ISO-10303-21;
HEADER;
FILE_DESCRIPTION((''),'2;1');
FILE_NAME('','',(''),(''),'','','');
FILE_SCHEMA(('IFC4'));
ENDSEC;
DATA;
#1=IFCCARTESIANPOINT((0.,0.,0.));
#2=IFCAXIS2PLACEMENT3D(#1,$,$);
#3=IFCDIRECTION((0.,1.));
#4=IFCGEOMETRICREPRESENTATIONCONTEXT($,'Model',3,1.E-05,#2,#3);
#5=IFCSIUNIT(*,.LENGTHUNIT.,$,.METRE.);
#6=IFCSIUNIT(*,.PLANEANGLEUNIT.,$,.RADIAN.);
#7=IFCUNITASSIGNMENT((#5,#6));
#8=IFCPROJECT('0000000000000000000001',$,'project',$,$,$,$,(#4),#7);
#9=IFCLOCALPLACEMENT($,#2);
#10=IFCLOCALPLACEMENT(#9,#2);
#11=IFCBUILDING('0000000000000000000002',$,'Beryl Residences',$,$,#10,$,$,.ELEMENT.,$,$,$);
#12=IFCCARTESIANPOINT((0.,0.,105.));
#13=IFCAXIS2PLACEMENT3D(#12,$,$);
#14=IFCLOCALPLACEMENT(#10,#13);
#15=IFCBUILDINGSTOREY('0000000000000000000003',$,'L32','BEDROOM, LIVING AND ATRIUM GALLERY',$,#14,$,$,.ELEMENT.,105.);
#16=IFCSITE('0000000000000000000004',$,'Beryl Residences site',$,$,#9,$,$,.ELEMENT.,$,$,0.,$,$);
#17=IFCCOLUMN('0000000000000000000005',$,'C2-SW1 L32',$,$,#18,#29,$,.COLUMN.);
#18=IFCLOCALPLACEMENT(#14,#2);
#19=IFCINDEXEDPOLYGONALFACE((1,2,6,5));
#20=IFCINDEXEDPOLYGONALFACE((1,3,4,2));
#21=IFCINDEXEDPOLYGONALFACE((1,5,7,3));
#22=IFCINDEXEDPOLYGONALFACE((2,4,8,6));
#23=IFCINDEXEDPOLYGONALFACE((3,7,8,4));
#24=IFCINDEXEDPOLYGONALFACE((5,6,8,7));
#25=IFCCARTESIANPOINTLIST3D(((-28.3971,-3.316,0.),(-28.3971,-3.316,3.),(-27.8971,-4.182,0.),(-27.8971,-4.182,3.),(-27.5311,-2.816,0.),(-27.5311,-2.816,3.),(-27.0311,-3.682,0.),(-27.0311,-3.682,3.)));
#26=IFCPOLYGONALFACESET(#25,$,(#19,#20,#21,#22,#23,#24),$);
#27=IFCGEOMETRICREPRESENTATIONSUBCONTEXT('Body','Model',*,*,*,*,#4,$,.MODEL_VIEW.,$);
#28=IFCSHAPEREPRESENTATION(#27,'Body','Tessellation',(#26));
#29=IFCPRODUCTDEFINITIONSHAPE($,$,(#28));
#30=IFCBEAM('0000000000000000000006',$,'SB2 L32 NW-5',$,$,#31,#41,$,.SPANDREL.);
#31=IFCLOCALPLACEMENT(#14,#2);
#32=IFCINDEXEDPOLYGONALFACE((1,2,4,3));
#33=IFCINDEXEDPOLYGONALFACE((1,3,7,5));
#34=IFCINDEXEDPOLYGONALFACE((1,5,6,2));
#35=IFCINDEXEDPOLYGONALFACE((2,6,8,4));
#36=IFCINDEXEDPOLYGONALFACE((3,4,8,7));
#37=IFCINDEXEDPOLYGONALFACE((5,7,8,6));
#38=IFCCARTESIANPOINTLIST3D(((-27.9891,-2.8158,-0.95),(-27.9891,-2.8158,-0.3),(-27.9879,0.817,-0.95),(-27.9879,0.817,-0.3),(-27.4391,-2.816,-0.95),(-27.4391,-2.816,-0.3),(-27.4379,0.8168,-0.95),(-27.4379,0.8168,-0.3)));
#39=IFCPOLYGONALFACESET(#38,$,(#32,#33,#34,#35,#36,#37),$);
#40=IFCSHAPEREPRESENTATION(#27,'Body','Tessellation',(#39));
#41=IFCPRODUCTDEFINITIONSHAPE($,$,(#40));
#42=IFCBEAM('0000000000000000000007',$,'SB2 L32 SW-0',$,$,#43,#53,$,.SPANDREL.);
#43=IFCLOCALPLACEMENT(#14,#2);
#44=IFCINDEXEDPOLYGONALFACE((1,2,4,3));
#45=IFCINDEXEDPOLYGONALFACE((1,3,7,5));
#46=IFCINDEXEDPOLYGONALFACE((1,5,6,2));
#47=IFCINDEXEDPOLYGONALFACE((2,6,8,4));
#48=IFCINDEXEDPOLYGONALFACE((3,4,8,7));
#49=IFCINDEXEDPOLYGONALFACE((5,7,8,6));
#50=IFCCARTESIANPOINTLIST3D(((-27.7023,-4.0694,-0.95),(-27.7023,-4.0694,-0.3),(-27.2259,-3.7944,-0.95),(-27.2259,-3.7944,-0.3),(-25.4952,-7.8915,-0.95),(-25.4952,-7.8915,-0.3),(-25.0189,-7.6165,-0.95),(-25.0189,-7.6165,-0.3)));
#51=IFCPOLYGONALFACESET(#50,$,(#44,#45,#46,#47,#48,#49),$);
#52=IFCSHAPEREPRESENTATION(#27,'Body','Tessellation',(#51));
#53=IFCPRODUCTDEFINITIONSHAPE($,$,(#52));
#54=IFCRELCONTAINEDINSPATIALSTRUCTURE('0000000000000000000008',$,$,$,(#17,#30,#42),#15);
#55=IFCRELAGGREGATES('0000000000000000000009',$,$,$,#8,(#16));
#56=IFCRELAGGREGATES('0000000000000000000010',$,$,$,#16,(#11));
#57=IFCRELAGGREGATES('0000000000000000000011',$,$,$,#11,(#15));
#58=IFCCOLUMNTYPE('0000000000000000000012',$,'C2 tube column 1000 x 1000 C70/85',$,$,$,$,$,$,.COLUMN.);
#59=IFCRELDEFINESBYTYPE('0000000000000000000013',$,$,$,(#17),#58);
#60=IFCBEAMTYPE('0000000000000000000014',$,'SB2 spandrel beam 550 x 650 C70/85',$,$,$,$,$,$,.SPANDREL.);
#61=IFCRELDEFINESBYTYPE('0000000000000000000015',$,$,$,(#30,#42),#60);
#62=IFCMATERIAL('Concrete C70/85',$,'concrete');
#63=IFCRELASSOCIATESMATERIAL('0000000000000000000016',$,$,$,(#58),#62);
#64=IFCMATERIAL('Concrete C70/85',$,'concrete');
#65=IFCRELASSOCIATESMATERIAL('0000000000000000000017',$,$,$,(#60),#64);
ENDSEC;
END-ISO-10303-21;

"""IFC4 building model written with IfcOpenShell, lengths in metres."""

from ifc_helpers import new_model, si_unit, direction, frame, origin, origin_2d, place, context, subcontext, project, spatial, rectangle, extrude, material, material_profile, profile_set, type_object, element, save


model = new_model("IFC4")

# Units and contexts
model_context = context("Model", 3, precision=1e-05, world=origin(), true_north=direction((0.0, 1.0)))
body_context = subcontext(model_context, "Body", "Model", "MODEL_VIEW")
ifc_project = project(units=[si_unit("LENGTHUNIT", "METRE"), si_unit("PLANEANGLEUNIT", "RADIAN")], contexts=[model_context])

# Site, building, storey
site_placement = place(None, origin())
site = spatial("IfcSite", under=ifc_project, at=site_placement, Name="Beryl Residences site", CompositionType="ELEMENT", RefElevation=0.0)
building_placement = place(site_placement, origin())
building = spatial("IfcBuilding", under=site, at=building_placement, Name="Beryl Residences", CompositionType="ELEMENT")
storey_placement = place(building_placement, frame((0.0, 0.0, 105.0)))
storey = spatial("IfcBuildingStorey", under=building, at=storey_placement, Name="L32", Description="BEDROOM, LIVING AND ATRIUM GALLERY", CompositionType="ELEMENT", Elevation=105.0)

# Column
ifc_material_1 = material(Name="Concrete C70/85", Category="concrete")
ifc_material_profile_1 = material_profile(ifc_material_1, rectangle(XDim=1.0, YDim=1.0, at=origin_2d()))
ifc_profile_set_1 = profile_set([ifc_material_profile_1], Name="Concrete C70/85")
column_type = type_object("IfcColumnType", Name="C2 tube column 1000 x 1000 C70/85", PredefinedType="COLUMN", material=ifc_profile_set_1)
column_placement = place(storey_placement, frame((-27.7141, -3.499, 0.0), z_axis=(0.0, 0.0, 1.0), x_axis=(0.5, -0.866025, 0.0)))
element("IfcColumn", 1, at=column_placement, inside=storey, type_object=column_type, Name="C2-SW1 L32", PredefinedType="COLUMN", context=body_context, shape_type="SweptSolid", body=[
    extrude(rectangle(XDim=1.0, YDim=1.0, at=origin_2d()), origin(), (0.0, 0.0, 1.0), 3.0),
])

# Beams
ifc_material_2 = material(Name="Concrete C70/85", Category="concrete")
ifc_material_profile_2 = material_profile(ifc_material_2, rectangle(XDim=0.55, YDim=0.6499, at=origin_2d()))
ifc_profile_set_2 = profile_set([ifc_material_profile_2], Name="Concrete C70/85")
beam_type = type_object("IfcBeamType", Name="SB2 spandrel beam 550 x 650 C70/85", PredefinedType="SPANDREL", material=ifc_profile_set_2)
beam_1_placement = place(storey_placement, frame((-27.7129, 0.8169, -0.625), z_axis=(-0.000336, -1.0, 0.0), x_axis=(1.0, -0.000336, 0.0)))
element("IfcBeam", 2, at=beam_1_placement, inside=storey, type_object=beam_type, Name="SB2 L32 NW-5", PredefinedType="SPANDREL", context=body_context, shape_type="SweptSolid", body=[
    extrude(rectangle(XDim=0.55, YDim=0.6499, at=origin_2d()), origin(), (0.0, 0.0, 1.0), 3.6328),
])
beam_2_placement = place(storey_placement, frame((-27.4641, -3.9319, -0.625), z_axis=(0.500066, -0.865988, 0.0), x_axis=(0.865988, 0.500066, 0.0)))
element("IfcBeam", 3, at=beam_2_placement, inside=storey, type_object=beam_type, Name="SB2 L32 SW-0", PredefinedType="SPANDREL", context=body_context, shape_type="SweptSolid", body=[
    extrude(rectangle(XDim=0.55, YDim=0.6499, at=origin_2d()), origin(), (0.0, 0.0, 1.0), 4.4136),
])

save(model, "model.ifc")
